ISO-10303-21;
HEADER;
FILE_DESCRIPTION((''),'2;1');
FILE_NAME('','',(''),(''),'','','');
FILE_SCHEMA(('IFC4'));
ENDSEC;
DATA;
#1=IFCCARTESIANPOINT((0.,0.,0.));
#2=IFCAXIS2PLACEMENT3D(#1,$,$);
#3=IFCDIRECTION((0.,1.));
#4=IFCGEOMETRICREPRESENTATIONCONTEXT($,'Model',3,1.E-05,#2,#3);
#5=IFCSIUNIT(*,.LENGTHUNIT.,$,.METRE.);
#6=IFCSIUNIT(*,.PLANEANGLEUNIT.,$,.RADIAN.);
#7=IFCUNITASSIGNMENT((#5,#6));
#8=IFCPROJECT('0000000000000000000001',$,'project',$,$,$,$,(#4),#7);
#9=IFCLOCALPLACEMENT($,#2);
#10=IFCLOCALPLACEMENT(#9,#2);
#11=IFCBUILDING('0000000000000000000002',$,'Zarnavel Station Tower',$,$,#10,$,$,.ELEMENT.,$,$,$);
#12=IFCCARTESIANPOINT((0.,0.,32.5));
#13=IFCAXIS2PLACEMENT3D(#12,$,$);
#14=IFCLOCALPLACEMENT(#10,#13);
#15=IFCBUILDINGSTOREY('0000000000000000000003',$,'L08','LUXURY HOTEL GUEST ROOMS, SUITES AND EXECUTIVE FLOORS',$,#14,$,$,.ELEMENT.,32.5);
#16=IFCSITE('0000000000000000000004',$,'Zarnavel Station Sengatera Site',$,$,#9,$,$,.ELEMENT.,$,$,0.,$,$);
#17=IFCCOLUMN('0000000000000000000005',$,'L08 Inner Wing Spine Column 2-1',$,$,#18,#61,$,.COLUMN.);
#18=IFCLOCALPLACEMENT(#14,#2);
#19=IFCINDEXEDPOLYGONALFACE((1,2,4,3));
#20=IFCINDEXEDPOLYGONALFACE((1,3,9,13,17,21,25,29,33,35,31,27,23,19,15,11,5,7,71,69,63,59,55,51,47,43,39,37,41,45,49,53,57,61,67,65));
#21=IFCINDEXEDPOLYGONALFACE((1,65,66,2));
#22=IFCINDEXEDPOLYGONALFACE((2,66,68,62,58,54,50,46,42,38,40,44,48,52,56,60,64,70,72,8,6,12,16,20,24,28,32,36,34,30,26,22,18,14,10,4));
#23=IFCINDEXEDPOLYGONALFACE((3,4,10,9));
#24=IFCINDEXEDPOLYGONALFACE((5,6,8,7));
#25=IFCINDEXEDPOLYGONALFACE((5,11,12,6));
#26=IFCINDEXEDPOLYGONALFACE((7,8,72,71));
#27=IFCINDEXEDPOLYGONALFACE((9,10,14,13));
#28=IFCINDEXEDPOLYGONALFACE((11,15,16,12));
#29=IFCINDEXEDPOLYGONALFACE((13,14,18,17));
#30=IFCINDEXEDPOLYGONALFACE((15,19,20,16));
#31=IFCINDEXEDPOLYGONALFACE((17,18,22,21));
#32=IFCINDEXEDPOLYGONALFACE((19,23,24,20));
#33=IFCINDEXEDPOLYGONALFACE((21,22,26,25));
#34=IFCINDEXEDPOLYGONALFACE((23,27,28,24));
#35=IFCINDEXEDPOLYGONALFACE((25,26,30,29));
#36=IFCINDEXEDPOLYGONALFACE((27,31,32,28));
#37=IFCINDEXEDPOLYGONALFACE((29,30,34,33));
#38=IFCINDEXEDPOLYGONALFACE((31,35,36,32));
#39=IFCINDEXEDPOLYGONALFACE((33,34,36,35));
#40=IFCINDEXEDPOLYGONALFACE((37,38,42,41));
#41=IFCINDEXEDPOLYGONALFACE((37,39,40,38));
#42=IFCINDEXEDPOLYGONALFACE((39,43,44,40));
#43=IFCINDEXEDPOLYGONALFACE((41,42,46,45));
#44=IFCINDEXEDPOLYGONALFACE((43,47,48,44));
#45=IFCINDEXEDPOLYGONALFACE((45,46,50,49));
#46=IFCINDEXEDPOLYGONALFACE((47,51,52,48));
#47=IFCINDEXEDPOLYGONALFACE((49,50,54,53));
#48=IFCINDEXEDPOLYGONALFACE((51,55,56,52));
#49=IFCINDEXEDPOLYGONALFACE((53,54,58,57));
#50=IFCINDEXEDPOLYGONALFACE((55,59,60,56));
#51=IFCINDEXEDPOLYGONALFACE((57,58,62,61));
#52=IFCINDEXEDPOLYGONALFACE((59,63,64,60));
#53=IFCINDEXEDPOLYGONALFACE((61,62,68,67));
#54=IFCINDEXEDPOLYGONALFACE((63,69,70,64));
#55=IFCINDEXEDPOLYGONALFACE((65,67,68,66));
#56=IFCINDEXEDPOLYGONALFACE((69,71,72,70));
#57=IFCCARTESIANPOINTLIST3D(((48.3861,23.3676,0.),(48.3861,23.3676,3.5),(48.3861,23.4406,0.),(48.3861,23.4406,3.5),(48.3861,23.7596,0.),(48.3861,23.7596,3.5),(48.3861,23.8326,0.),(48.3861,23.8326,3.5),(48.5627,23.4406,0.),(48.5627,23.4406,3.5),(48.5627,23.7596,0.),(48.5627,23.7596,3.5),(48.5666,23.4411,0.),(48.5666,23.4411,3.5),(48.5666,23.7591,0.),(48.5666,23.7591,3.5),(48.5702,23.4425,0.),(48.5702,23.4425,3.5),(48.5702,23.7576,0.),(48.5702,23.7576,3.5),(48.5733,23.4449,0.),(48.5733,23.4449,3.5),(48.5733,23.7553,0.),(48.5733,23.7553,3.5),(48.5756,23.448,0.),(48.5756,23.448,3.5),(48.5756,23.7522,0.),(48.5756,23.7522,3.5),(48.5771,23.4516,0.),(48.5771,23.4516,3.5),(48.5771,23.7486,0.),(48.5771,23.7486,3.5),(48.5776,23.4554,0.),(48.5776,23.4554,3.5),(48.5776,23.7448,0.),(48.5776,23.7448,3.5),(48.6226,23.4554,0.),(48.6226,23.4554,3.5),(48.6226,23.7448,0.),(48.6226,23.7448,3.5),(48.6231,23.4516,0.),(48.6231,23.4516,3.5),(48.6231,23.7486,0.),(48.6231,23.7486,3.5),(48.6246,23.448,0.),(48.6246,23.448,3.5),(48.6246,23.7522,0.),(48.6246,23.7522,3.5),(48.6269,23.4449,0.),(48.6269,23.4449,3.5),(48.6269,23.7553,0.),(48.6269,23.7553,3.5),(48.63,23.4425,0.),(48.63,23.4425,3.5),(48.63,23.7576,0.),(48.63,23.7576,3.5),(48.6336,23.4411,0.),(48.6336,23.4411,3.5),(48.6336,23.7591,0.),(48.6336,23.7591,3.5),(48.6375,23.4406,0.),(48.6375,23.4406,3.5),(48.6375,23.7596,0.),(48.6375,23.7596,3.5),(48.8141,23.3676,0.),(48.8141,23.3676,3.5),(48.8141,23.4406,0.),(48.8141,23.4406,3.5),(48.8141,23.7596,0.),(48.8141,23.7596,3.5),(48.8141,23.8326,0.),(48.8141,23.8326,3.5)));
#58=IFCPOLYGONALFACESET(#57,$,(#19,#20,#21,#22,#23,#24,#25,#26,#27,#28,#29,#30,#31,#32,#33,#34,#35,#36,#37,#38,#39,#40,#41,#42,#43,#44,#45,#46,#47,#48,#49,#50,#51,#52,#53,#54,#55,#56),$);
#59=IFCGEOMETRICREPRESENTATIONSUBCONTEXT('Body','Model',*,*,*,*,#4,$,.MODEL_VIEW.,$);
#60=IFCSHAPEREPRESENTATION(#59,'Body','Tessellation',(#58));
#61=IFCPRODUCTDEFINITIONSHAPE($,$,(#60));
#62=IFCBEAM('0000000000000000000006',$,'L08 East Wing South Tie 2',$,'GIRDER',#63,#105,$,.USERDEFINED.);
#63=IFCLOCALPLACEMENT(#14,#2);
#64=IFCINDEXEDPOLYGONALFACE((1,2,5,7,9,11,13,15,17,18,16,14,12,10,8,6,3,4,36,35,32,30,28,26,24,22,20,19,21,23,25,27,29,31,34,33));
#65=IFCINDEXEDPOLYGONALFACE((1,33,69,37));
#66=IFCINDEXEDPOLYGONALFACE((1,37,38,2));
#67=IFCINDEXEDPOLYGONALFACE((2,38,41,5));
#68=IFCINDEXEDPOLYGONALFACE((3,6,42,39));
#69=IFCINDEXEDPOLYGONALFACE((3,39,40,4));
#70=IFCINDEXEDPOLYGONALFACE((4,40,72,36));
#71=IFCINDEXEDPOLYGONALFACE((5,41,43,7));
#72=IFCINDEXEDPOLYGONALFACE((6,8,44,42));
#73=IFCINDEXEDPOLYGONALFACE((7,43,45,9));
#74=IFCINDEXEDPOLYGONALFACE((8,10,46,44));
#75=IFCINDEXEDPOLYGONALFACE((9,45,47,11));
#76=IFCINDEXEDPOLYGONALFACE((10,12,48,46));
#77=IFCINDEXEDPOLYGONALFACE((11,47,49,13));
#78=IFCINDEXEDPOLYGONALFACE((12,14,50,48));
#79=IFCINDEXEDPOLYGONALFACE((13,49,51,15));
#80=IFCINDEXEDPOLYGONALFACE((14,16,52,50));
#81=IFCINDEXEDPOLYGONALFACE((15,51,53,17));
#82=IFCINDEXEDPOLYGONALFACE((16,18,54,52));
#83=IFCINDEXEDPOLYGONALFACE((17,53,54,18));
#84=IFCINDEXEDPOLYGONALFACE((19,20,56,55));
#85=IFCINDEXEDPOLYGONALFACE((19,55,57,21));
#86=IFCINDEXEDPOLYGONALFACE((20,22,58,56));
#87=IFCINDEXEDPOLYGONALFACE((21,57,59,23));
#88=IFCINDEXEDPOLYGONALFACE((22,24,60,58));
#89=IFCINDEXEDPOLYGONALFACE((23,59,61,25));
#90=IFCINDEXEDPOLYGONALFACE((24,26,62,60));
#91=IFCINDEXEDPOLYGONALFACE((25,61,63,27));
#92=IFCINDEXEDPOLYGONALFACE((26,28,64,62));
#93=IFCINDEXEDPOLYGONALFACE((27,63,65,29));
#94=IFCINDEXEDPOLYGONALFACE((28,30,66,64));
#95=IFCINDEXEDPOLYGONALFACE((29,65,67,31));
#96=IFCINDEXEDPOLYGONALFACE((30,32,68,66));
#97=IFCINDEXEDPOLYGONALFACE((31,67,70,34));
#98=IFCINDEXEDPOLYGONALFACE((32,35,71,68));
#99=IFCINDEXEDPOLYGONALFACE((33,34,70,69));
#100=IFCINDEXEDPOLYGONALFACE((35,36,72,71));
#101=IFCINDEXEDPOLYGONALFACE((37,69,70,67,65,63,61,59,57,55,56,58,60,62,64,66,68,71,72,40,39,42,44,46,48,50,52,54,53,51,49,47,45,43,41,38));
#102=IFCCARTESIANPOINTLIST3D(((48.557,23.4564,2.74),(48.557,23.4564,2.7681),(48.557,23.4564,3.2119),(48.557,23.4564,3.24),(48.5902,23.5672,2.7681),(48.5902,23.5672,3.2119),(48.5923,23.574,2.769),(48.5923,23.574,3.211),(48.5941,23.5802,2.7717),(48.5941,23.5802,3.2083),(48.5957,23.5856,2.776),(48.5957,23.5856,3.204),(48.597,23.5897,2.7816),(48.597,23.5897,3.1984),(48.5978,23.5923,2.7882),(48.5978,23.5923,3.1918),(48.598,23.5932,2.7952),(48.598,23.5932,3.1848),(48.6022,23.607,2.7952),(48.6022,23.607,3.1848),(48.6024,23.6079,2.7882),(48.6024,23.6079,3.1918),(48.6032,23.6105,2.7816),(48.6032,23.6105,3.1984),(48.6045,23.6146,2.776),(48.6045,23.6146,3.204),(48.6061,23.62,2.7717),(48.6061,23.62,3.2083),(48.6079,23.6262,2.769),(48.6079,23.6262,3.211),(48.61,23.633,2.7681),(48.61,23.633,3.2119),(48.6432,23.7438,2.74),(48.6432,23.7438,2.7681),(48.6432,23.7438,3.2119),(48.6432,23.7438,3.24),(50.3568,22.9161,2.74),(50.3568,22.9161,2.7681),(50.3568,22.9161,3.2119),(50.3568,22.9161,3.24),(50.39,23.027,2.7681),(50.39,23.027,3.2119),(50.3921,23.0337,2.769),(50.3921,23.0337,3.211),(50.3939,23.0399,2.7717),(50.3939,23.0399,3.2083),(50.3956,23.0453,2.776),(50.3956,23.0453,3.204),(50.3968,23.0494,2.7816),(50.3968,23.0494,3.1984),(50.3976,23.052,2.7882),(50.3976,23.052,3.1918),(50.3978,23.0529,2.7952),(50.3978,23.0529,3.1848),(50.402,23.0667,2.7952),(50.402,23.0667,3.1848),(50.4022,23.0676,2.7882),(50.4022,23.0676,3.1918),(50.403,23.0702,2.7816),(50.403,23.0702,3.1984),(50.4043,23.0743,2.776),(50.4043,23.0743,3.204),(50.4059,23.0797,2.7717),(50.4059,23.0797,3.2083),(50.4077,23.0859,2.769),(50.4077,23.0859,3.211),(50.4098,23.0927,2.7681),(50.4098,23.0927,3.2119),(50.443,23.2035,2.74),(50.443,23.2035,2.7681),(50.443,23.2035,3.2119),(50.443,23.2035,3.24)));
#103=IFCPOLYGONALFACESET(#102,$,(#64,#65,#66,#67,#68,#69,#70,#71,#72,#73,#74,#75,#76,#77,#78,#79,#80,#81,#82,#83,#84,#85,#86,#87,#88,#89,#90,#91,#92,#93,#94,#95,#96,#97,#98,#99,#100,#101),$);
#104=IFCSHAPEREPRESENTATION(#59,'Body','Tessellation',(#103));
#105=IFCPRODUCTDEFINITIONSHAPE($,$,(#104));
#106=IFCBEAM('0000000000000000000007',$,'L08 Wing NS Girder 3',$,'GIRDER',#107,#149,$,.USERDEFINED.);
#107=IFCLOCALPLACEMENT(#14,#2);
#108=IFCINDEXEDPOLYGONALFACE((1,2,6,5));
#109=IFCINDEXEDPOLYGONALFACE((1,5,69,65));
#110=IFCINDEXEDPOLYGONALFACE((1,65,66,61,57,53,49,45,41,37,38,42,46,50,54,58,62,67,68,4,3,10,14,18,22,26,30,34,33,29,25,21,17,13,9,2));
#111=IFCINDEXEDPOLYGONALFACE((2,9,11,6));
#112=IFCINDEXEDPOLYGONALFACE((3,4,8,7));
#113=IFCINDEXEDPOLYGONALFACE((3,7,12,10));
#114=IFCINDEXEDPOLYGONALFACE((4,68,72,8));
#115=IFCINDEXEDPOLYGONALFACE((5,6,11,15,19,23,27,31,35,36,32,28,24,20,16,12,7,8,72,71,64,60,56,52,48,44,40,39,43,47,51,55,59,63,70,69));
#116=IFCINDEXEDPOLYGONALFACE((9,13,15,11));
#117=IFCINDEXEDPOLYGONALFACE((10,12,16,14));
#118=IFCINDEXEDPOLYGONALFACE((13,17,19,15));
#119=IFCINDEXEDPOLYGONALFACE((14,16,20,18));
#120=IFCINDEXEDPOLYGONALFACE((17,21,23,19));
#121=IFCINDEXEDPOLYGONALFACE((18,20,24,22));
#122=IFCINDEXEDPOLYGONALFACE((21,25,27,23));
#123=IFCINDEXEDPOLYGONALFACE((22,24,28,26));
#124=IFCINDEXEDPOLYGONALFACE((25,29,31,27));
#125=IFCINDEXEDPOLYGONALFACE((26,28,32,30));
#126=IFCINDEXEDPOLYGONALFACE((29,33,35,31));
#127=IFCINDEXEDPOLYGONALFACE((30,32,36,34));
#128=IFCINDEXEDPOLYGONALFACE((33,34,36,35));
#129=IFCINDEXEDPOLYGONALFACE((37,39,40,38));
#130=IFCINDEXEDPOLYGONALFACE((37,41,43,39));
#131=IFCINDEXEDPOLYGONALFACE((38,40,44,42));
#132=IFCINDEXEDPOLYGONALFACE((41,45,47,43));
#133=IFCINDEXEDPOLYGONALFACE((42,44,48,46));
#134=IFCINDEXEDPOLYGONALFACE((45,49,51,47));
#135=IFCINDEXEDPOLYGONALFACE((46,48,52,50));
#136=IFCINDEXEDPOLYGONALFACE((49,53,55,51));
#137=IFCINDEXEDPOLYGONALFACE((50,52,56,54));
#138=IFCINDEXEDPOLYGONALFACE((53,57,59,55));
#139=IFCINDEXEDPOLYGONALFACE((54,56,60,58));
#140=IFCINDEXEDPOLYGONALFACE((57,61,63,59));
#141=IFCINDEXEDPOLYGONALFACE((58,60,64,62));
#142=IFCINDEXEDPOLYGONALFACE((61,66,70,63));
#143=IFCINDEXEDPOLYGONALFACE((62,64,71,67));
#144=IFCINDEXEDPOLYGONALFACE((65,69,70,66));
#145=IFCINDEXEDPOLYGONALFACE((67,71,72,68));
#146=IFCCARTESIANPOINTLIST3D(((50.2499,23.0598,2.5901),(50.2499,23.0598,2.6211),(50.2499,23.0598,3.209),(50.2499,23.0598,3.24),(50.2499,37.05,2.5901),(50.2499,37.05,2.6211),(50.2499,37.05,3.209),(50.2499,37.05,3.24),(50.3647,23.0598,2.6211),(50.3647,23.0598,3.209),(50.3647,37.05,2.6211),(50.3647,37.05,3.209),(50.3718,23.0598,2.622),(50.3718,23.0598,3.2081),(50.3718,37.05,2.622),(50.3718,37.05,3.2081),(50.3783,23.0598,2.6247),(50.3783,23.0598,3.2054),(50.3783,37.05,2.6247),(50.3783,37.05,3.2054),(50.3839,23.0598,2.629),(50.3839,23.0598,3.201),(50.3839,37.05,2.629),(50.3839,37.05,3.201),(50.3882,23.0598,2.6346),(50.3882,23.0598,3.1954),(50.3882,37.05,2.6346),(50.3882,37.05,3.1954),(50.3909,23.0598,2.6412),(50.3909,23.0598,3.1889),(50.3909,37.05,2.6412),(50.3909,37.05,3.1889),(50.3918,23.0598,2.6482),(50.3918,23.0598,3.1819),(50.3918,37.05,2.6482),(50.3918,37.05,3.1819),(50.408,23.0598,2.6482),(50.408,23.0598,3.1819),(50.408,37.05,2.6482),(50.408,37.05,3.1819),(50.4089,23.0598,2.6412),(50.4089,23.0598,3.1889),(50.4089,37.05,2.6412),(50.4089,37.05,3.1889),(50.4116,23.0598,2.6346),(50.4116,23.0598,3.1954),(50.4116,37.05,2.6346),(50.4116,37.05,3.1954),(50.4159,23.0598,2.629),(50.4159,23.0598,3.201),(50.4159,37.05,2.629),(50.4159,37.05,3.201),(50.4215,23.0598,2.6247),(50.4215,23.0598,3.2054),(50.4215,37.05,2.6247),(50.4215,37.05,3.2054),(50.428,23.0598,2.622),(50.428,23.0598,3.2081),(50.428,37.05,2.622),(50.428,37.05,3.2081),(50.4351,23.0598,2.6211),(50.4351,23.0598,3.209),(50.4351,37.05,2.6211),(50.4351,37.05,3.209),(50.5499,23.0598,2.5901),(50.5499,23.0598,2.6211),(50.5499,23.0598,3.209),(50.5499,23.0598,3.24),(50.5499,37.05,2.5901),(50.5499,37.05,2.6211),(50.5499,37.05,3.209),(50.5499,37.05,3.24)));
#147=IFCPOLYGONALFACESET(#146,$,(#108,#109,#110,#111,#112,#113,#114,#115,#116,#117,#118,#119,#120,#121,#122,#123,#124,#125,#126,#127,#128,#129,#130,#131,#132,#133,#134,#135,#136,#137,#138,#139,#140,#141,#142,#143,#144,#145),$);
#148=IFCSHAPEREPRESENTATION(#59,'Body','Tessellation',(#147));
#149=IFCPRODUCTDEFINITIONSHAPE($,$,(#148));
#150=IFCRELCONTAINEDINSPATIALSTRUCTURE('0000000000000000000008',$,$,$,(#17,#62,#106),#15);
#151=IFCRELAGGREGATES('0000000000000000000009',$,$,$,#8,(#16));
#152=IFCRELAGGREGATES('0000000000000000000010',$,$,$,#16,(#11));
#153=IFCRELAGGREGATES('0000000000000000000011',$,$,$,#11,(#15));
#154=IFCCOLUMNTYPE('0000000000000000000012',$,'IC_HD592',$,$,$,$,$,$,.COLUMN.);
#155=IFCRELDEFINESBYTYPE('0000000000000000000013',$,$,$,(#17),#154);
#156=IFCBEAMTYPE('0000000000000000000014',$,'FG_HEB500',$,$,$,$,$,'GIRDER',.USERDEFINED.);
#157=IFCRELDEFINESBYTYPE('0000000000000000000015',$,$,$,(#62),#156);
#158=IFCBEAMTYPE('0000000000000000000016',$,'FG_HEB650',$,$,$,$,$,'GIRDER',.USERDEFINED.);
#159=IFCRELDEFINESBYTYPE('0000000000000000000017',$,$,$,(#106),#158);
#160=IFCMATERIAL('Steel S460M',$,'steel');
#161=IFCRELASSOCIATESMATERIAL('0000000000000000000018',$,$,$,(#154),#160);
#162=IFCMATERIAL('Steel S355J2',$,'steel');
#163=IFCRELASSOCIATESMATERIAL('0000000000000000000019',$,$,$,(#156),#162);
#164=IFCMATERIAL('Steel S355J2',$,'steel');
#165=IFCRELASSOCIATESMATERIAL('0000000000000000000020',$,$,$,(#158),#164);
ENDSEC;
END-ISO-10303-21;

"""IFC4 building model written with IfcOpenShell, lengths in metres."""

from ifc_helpers import new_model, si_unit, direction, frame, origin, origin_2d, place, context, subcontext, project, spatial, i_section, extrude, material, material_profile, profile_set, type_object, element, save


model = new_model("IFC4")

# Units and contexts
model_context = context("Model", 3, precision=1e-05, world=origin(), true_north=direction((0.0, 1.0)))
body_context = subcontext(model_context, "Body", "Model", "MODEL_VIEW")
ifc_project = project(units=[si_unit("LENGTHUNIT", "METRE"), si_unit("PLANEANGLEUNIT", "RADIAN")], contexts=[model_context])

# Site, building, storey
site_placement = place(None, origin())
site = spatial("IfcSite", under=ifc_project, at=site_placement, Name="Zarnavel Station Sengatera Site", CompositionType="ELEMENT", RefElevation=0.0)
building_placement = place(site_placement, origin())
building = spatial("IfcBuilding", under=site, at=building_placement, Name="Zarnavel Station Tower", CompositionType="ELEMENT")
storey_placement = place(building_placement, frame((0.0, 0.0, 32.5)))
storey = spatial("IfcBuildingStorey", under=building, at=storey_placement, Name="L08", Description="LUXURY HOTEL GUEST ROOMS, SUITES AND EXECUTIVE FLOORS", CompositionType="ELEMENT", Elevation=32.5)

# Column
ifc_material_1 = material(Name="Steel S460M", Category="steel")
ifc_material_profile_1 = material_profile(ifc_material_1, i_section(OverallWidth=0.428, OverallDepth=0.4651, WebThickness=0.0449, FlangeThickness=0.073, FilletRadius=0.0149, at=origin_2d()), Name="HD400x592")
ifc_profile_set_1 = profile_set([ifc_material_profile_1], Name="Steel S460M")
column_type = type_object("IfcColumnType", Name="IC_HD592", PredefinedType="COLUMN", material=ifc_profile_set_1)
column_placement = place(storey_placement, frame((48.6001, 23.6001, 0.0), z_axis=(0.0, 0.0, 1.0), x_axis=(1.0, 0.0, 0.0)))
element("IfcColumn", 1, at=column_placement, inside=storey, type_object=column_type, Name="L08 Inner Wing Spine Column 2-1", PredefinedType="COLUMN", context=body_context, shape_type="SweptSolid", body=[
    extrude(i_section(OverallWidth=0.428, OverallDepth=0.4651, WebThickness=0.0449, FlangeThickness=0.073, FilletRadius=0.0149, at=origin_2d()), origin(), (0.0, 0.0, 1.0), 3.5),
])

# Beams
ifc_material_2 = material(Name="Steel S355J2", Category="steel")
ifc_material_profile_2 = material_profile(ifc_material_2, i_section(OverallWidth=0.3, OverallDepth=0.5, WebThickness=0.0144, FlangeThickness=0.0281, FilletRadius=0.0271, at=origin_2d()), Name="HEB500")
ifc_profile_set_2 = profile_set([ifc_material_profile_2], Name="Steel S355J2")
beam_type_1 = type_object("IfcBeamType", Name="FG_HEB500", ElementType="GIRDER", PredefinedType="USERDEFINED", material=ifc_profile_set_2)
beam_1_placement = place(storey_placement, frame((48.6001, 23.6001, 2.99), z_axis=(0.957776, -0.287515, 0.0), x_axis=(0.287515, 0.957776, 0.0)))
element("IfcBeam", 2, at=beam_1_placement, inside=storey, type_object=beam_type_1, Name="L08 East Wing South Tie 2", ObjectType="GIRDER", PredefinedType="USERDEFINED", context=body_context, shape_type="SweptSolid", body=[
    extrude(i_section(OverallWidth=0.3, OverallDepth=0.5, WebThickness=0.0144, FlangeThickness=0.0281, FilletRadius=0.0271, at=origin_2d()), origin(), (0.0, 0.0, 1.0), 1.8792),
])
ifc_material_3 = material(Name="Steel S355J2", Category="steel")
ifc_material_profile_3 = material_profile(ifc_material_3, i_section(OverallWidth=0.3, OverallDepth=0.6499, WebThickness=0.0161, FlangeThickness=0.031, FilletRadius=0.0271, at=origin_2d()), Name="HEB650")
ifc_profile_set_3 = profile_set([ifc_material_profile_3], Name="Steel S355J2")
beam_type_2 = type_object("IfcBeamType", Name="FG_HEB650", ElementType="GIRDER", PredefinedType="USERDEFINED", material=ifc_profile_set_3)
beam_2_placement = place(storey_placement, frame((50.3999, 23.0598, 2.915), z_axis=(0.0, 1.0, 0.0), x_axis=(-1.0, 0.0, 0.0)))
element("IfcBeam", 3, at=beam_2_placement, inside=storey, type_object=beam_type_2, Name="L08 Wing NS Girder 3", ObjectType="GIRDER", PredefinedType="USERDEFINED", context=body_context, shape_type="SweptSolid", body=[
    extrude(i_section(OverallWidth=0.3, OverallDepth=0.6499, WebThickness=0.0161, FlangeThickness=0.031, FilletRadius=0.0271, at=origin_2d()), origin(), (0.0, 0.0, 1.0), 13.9902),
])

save(model, "model.ifc")
